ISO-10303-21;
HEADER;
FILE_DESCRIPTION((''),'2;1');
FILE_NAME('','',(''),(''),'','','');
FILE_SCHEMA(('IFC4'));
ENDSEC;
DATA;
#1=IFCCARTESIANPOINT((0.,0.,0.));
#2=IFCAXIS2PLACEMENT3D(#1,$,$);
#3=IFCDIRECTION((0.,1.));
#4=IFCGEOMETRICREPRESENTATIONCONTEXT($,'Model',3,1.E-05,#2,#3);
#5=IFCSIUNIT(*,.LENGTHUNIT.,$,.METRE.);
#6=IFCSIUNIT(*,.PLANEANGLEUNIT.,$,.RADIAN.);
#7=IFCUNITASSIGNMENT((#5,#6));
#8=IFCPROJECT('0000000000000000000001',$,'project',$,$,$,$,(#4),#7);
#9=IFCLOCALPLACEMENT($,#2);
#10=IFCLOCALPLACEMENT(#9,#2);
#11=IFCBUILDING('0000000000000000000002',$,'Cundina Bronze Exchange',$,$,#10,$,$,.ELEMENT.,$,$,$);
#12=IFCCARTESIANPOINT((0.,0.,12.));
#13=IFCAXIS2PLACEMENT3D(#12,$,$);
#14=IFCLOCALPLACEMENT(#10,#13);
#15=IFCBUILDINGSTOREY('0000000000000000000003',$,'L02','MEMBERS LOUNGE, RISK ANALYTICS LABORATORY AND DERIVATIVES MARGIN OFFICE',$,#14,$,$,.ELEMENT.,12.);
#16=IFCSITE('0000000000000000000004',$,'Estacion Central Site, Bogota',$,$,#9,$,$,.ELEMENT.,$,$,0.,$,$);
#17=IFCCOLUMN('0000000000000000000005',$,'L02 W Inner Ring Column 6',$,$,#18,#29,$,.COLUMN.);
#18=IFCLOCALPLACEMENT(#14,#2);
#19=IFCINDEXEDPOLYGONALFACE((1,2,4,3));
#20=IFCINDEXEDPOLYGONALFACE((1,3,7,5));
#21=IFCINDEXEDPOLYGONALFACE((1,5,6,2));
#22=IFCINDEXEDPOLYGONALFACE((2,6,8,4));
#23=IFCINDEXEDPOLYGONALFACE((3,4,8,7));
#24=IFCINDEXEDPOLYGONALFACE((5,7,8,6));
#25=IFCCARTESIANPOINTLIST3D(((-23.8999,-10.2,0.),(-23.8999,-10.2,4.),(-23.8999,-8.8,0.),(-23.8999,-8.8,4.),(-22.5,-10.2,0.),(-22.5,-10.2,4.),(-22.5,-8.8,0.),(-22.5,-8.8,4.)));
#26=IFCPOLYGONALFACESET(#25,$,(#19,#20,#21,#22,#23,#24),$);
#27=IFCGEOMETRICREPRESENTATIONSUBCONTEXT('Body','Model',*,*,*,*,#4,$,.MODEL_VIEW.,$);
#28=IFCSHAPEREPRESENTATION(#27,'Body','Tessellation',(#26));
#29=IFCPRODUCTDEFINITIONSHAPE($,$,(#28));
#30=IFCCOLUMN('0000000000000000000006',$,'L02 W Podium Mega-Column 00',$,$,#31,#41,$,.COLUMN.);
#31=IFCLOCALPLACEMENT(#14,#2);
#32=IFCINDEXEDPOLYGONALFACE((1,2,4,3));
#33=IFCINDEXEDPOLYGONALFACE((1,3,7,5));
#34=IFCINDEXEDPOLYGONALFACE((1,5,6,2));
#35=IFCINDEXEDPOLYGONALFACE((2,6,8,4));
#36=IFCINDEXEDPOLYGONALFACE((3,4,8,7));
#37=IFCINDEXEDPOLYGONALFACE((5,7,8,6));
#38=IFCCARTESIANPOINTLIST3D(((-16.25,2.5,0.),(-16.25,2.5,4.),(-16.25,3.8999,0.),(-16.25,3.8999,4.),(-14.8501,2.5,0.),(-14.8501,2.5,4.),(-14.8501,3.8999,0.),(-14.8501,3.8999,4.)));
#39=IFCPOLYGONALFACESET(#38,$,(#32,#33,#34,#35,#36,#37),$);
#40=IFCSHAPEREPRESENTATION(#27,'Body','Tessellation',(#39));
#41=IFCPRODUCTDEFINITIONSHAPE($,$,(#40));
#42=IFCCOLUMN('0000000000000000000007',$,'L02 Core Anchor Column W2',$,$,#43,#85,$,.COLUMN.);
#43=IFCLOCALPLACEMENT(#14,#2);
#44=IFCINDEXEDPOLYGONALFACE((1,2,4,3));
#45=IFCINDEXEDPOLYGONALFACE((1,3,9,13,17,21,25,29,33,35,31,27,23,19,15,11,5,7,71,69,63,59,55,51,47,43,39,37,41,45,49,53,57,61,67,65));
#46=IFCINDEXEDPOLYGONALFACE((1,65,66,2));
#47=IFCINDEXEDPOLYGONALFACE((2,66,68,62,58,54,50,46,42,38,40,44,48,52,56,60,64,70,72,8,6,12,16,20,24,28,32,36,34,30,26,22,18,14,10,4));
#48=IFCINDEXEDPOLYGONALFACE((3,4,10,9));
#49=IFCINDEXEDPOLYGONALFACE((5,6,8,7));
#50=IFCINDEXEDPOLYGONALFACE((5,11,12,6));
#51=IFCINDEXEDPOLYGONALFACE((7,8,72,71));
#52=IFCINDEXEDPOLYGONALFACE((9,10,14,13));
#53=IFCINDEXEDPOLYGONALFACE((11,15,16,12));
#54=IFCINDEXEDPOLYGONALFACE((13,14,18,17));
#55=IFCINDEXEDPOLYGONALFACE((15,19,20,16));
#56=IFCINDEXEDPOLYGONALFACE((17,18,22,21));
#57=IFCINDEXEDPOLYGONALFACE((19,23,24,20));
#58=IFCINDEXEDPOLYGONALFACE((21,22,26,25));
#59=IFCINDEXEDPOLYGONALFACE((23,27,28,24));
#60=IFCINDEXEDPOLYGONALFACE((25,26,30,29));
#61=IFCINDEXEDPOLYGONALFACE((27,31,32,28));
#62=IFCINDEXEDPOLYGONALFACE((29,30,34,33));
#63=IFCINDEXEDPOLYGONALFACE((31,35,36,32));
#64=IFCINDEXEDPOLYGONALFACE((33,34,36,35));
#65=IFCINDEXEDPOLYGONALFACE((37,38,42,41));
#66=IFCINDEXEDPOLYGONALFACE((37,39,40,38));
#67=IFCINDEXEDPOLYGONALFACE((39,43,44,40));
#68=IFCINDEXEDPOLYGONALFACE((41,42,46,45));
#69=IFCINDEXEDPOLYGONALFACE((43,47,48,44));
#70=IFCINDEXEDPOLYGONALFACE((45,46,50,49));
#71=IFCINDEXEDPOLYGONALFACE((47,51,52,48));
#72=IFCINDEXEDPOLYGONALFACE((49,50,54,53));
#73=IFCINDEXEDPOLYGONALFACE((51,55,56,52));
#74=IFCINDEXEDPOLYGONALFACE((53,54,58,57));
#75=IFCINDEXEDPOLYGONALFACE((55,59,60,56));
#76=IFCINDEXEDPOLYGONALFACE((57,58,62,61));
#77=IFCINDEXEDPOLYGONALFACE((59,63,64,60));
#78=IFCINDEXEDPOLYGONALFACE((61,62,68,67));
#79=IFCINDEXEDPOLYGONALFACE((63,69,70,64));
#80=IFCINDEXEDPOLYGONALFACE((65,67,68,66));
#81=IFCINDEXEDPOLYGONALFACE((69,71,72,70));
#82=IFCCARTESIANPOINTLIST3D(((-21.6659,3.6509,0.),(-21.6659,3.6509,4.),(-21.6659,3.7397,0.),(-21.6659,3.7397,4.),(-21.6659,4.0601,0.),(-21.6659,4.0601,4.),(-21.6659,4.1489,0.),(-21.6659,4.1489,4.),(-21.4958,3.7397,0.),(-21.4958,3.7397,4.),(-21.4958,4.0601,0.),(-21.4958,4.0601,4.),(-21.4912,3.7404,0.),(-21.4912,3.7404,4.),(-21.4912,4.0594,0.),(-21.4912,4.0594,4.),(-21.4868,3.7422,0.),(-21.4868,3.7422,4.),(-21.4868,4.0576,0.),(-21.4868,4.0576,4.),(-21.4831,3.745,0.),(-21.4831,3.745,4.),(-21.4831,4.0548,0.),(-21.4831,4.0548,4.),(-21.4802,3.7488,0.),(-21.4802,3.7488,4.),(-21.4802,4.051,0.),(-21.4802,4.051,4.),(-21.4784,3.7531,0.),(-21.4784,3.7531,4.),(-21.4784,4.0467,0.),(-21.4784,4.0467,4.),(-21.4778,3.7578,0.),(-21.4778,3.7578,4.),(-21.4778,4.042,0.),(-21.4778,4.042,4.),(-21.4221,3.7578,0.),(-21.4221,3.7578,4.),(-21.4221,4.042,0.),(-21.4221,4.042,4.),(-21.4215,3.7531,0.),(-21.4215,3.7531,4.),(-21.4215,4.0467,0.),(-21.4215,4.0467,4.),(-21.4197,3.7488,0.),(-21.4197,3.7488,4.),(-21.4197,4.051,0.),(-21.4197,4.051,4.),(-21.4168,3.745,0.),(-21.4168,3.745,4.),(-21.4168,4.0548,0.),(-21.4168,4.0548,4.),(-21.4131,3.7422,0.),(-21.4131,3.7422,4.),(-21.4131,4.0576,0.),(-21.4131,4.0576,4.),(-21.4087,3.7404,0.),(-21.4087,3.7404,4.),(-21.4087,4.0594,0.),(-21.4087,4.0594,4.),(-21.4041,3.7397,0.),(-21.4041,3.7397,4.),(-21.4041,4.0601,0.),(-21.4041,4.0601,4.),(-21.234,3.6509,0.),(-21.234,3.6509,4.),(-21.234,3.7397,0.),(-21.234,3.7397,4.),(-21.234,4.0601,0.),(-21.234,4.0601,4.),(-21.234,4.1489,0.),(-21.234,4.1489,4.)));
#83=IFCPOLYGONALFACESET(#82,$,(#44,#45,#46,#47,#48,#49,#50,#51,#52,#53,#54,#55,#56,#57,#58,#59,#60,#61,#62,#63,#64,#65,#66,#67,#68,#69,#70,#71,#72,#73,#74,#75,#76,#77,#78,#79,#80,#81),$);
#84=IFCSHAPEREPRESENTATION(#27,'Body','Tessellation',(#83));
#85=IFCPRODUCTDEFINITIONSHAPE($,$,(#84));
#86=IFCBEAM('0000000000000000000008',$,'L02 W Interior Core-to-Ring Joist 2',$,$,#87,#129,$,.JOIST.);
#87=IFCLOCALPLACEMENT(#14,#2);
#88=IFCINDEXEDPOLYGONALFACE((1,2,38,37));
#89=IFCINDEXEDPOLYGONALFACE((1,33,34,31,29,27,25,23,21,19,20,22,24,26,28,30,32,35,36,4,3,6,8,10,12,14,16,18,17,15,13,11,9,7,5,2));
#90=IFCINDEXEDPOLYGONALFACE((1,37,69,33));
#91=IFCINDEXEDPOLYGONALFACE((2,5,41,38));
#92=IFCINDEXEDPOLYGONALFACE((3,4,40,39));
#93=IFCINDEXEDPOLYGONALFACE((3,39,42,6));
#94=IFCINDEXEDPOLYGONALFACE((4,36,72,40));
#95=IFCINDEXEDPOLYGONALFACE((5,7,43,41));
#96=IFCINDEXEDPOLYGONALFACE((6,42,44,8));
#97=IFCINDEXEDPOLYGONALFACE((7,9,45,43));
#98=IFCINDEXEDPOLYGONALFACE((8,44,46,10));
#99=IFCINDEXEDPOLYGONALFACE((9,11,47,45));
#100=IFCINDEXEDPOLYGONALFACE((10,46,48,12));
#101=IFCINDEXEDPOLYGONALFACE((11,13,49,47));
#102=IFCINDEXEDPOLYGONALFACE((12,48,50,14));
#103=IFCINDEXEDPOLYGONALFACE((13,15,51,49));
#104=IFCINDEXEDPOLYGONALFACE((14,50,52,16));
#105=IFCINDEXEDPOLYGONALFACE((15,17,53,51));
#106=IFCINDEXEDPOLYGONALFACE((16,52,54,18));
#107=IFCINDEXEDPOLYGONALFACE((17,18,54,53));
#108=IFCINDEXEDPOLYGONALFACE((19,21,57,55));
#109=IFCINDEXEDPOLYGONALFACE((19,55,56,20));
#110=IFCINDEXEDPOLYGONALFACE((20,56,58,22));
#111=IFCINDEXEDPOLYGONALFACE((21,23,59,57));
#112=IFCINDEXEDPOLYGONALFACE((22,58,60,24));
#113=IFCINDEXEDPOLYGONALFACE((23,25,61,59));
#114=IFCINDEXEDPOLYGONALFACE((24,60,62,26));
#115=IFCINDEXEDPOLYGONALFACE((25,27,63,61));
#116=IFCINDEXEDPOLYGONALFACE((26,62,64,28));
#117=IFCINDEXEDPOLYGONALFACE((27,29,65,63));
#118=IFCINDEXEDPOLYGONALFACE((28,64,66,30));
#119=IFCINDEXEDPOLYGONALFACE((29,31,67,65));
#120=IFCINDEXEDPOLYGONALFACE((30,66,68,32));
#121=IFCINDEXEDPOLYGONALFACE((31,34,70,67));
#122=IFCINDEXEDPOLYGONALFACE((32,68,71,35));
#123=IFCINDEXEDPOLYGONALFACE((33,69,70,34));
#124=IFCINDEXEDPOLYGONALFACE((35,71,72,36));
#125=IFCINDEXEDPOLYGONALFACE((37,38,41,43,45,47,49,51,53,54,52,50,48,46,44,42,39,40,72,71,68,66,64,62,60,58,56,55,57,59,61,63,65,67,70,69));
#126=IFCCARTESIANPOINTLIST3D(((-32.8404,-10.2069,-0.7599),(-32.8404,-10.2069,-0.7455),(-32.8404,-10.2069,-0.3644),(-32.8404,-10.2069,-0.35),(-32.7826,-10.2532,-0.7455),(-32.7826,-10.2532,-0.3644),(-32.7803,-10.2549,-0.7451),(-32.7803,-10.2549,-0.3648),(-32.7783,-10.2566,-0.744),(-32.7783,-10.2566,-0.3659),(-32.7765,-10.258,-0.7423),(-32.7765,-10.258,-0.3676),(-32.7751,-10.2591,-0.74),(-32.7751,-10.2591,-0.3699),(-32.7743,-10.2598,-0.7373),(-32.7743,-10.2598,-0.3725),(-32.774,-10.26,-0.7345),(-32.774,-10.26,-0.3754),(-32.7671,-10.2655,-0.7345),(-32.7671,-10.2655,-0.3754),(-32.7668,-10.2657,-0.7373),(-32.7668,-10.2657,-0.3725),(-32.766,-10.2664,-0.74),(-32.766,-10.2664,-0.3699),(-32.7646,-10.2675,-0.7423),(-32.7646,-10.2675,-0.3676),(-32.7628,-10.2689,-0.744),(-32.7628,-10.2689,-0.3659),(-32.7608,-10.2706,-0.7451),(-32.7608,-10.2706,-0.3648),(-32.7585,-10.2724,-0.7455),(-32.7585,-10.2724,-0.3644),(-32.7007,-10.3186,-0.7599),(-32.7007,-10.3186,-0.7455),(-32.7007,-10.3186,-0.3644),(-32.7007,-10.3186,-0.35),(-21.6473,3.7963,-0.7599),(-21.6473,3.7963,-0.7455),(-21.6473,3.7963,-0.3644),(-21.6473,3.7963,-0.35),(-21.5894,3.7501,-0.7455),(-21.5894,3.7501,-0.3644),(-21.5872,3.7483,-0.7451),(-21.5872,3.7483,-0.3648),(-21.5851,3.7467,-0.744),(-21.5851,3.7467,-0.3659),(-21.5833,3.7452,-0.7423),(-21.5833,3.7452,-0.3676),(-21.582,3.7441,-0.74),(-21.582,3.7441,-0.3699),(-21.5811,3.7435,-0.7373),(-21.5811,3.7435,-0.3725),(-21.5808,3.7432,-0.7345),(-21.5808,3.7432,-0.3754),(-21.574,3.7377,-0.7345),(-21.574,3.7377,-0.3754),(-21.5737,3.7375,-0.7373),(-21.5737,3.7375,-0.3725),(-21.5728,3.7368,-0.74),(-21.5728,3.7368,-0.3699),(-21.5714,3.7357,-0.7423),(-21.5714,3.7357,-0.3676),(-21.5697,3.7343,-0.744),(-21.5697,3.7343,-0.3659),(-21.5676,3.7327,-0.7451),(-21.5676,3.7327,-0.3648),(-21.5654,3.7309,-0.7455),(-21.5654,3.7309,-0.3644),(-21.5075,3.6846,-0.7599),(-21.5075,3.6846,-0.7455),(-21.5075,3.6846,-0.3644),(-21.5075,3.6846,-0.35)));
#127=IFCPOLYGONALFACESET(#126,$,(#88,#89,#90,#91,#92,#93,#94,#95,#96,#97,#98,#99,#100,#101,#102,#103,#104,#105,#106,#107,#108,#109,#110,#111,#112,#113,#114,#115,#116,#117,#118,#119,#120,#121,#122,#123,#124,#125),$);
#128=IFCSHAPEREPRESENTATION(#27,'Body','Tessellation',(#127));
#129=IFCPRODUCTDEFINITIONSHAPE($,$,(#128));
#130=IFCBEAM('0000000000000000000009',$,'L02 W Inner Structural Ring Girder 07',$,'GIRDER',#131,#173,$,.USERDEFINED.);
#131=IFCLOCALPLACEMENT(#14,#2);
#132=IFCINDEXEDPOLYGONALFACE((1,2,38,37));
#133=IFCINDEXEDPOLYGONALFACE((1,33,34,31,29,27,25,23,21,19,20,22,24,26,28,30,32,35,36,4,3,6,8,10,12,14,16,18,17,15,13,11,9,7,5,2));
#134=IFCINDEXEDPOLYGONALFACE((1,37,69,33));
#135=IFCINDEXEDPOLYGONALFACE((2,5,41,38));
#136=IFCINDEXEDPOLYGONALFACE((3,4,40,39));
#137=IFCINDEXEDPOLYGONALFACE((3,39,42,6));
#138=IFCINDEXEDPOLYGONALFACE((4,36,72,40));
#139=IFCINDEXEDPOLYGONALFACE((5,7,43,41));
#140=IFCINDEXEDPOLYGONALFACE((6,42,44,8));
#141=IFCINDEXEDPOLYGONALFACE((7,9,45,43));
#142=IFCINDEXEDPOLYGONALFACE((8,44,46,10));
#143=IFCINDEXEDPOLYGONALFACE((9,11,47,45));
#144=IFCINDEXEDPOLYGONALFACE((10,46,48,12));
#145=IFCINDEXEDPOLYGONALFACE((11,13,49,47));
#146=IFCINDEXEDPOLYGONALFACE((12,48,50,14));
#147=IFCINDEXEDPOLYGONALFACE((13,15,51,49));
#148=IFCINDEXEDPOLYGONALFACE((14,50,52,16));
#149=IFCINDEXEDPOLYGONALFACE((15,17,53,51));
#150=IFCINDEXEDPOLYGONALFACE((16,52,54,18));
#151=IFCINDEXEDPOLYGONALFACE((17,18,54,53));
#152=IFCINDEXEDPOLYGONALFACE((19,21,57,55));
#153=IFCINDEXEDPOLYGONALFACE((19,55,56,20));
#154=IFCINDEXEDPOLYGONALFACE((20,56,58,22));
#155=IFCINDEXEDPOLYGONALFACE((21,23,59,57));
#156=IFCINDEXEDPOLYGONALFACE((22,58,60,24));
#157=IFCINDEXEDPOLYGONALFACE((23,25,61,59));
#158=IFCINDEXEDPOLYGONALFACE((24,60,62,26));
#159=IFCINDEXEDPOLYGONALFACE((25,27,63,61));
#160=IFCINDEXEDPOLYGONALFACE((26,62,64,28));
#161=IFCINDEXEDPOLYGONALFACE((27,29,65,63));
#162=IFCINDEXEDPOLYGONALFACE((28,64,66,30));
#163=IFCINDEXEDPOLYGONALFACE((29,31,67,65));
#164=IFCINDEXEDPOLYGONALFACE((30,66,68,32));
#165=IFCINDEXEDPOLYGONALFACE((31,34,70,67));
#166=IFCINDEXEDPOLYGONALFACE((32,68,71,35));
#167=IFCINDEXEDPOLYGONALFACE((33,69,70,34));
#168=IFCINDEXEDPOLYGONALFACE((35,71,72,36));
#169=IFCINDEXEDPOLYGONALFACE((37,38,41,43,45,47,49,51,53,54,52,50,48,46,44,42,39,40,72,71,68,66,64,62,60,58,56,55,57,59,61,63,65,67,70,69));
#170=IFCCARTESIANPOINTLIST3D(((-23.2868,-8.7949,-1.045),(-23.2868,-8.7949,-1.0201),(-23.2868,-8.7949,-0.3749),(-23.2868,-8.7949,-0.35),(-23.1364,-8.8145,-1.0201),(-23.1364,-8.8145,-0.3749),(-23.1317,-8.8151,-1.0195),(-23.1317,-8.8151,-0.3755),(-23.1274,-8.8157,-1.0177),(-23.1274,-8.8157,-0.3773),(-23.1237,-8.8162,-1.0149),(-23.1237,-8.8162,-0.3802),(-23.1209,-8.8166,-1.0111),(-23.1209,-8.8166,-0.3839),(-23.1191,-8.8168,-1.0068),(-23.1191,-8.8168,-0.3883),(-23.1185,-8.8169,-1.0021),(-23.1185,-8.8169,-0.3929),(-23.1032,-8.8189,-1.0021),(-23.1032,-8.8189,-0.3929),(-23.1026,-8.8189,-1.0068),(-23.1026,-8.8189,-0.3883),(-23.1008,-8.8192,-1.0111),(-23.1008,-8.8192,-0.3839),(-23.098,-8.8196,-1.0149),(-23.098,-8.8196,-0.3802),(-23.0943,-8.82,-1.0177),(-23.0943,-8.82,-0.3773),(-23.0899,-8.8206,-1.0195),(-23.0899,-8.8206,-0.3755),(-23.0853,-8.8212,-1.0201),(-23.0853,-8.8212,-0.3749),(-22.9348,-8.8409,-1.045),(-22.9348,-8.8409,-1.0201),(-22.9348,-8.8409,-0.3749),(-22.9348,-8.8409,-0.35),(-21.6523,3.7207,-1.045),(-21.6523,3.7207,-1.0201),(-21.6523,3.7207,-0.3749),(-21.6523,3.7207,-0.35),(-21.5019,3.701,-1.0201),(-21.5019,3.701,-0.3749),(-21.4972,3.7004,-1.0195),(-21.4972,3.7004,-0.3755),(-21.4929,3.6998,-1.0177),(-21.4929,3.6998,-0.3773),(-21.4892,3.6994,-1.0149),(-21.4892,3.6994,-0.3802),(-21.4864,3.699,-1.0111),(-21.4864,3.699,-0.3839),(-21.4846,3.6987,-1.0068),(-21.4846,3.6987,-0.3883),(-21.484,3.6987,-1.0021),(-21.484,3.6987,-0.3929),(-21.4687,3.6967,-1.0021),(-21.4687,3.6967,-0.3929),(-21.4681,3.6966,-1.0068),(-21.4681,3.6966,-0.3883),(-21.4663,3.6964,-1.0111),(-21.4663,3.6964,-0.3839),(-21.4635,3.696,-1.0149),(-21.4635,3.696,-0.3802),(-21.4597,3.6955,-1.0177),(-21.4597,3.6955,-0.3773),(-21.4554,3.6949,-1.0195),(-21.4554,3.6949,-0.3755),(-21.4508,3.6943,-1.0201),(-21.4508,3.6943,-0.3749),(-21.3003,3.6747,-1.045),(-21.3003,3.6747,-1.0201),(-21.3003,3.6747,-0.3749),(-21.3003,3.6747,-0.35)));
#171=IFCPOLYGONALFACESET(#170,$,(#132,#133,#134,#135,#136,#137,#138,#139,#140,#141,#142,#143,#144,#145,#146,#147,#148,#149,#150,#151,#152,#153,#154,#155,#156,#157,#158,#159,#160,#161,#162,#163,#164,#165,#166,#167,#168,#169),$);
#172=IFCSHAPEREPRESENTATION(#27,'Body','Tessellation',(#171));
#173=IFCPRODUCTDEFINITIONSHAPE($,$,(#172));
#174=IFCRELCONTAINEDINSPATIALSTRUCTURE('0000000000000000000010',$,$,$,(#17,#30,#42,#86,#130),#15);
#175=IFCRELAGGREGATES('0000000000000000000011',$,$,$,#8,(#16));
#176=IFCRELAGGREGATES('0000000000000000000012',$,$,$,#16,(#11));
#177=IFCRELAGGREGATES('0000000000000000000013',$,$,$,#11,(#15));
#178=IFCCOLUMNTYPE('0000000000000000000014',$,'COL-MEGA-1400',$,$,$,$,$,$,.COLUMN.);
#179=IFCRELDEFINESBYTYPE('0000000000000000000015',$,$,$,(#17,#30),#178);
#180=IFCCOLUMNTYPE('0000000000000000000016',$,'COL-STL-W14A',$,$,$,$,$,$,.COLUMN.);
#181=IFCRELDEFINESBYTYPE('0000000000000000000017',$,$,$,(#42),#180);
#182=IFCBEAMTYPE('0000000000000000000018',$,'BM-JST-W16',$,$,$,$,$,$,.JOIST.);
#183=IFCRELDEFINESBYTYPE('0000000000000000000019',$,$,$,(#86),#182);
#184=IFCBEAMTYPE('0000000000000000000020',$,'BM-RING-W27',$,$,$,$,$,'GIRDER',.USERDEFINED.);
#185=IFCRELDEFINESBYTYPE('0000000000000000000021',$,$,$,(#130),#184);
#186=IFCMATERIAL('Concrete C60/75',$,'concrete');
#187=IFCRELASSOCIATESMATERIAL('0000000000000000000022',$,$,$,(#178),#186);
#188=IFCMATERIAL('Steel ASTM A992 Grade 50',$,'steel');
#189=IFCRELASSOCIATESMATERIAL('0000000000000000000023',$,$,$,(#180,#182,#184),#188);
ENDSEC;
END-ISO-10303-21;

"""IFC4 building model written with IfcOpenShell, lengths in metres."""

from ifc_helpers import new_model, si_unit, direction, frame, origin, origin_2d, place, context, subcontext, project, spatial, rectangle, i_section, extrude, material, material_profile, profile_set, type_object, element, save


model = new_model("IFC4")

# Units and contexts
model_context = context("Model", 3, precision=1e-05, world=origin(), true_north=direction((0.0, 1.0)))
body_context = subcontext(model_context, "Body", "Model", "MODEL_VIEW")
ifc_project = project(units=[si_unit("LENGTHUNIT", "METRE"), si_unit("PLANEANGLEUNIT", "RADIAN")], contexts=[model_context])

# Site, building, storey
site_placement = place(None, origin())
site = spatial("IfcSite", under=ifc_project, at=site_placement, Name="Estacion Central Site, Bogota", CompositionType="ELEMENT", RefElevation=0.0)
building_placement = place(site_placement, origin())
building = spatial("IfcBuilding", under=site, at=building_placement, Name="Cundina Bronze Exchange", CompositionType="ELEMENT")
storey_placement = place(building_placement, frame((0.0, 0.0, 12.0)))
storey = spatial("IfcBuildingStorey", under=building, at=storey_placement, Name="L02", Description="MEMBERS LOUNGE, RISK ANALYTICS LABORATORY AND DERIVATIVES MARGIN OFFICE", CompositionType="ELEMENT", Elevation=12.0)

# Columns
ifc_material_1 = material(Name="Concrete C60/75", Category="concrete")
ifc_material_profile_1 = material_profile(ifc_material_1, rectangle(XDim=1.3999, YDim=1.3999, at=origin_2d()), Name="RC1400X1400", Category="concrete")
ifc_profile_set_1 = profile_set([ifc_material_profile_1], Name="Concrete C60/75")
column_type_1 = type_object("IfcColumnType", Name="COL-MEGA-1400", PredefinedType="COLUMN", material=ifc_profile_set_1)
for number, where, z_axis, x_axis, name in (
    (1, (-23.2, -9.5, 0.0), (0.0, 0.0, 1.0), (1.0, 0.0, 0.0), "L02 W Inner Ring Column 6"),
    (2, (-15.55, 3.2, 0.0), (0.0, 0.0, 1.0), (1.0, 0.0, 0.0), "L02 W Podium Mega-Column 00"),
):
    element("IfcColumn", number, at=place(storey_placement, frame(where, z_axis=z_axis, x_axis=x_axis)), inside=storey, type_object=column_type_1, Name=name, PredefinedType="COLUMN", context=body_context, shape_type="SweptSolid", body=[
        extrude(rectangle(XDim=1.3999, YDim=1.3999, at=origin_2d()), origin(), (0.0, 0.0, 1.0), 4.0),
    ])
ifc_material_2 = material(Name="Steel ASTM A992 Grade 50", Category="steel")
ifc_material_profile_2 = material_profile(ifc_material_2, i_section(OverallWidth=0.4319, OverallDepth=0.498, WebThickness=0.0557, FlangeThickness=0.0889, FilletRadius=0.0181, at=origin_2d()), Name="W14X500", Category="steel")
ifc_profile_set_2 = profile_set([ifc_material_profile_2], Name="Steel ASTM A992 Grade 50")
column_type_2 = type_object("IfcColumnType", Name="COL-STL-W14A", PredefinedType="COLUMN", material=ifc_profile_set_2)
column_placement = place(storey_placement, frame((-21.45, 3.8999, 0.0), z_axis=(0.0, 0.0, 1.0), x_axis=(1.0, 0.0, 0.0)))
element("IfcColumn", 3, at=column_placement, inside=storey, type_object=column_type_2, Name="L02 Core Anchor Column W2", PredefinedType="COLUMN", context=body_context, shape_type="SweptSolid", body=[
    extrude(i_section(OverallWidth=0.4319, OverallDepth=0.498, WebThickness=0.0557, FlangeThickness=0.0889, FilletRadius=0.0181, at=origin_2d()), origin(), (0.0, 0.0, 1.0), 4.0),
])

# Beams
ifc_material_profile_3 = material_profile(ifc_material_2, i_section(OverallWidth=0.179, OverallDepth=0.4099, WebThickness=0.0088, FlangeThickness=0.0144, FilletRadius=0.011, at=origin_2d()), Name="W16X45", Category="steel")
ifc_profile_set_3 = profile_set([ifc_material_profile_3], Name="Steel ASTM A992 Grade 50")
beam_type_1 = type_object("IfcBeamType", Name="BM-JST-W16", PredefinedType="JOIST", material=ifc_profile_set_3)
beam_1_placement = place(storey_placement, frame((-21.5774, 3.7405, -0.5549), z_axis=(-0.624374, -0.781125, 0.0), x_axis=(0.781125, -0.624374, 0.0)))
element("IfcBeam", 4, at=beam_1_placement, inside=storey, type_object=beam_type_1, Name="L02 W Interior Core-to-Ring Joist 2", PredefinedType="JOIST", context=body_context, shape_type="SweptSolid", body=[
    extrude(i_section(OverallWidth=0.179, OverallDepth=0.4099, WebThickness=0.0088, FlangeThickness=0.0144, FilletRadius=0.011, at=origin_2d()), origin(), (0.0, 0.0, 1.0), 17.927),
])
ifc_material_profile_4 = material_profile(ifc_material_2, i_section(OverallWidth=0.355, OverallDepth=0.6951, WebThickness=0.0154, FlangeThickness=0.0249, FilletRadius=0.0181, at=origin_2d()), Name="W27X146", Category="steel")
ifc_profile_set_4 = profile_set([ifc_material_profile_4], Name="Steel ASTM A992 Grade 50")
beam_type_2 = type_object("IfcBeamType", Name="BM-RING-W27", ElementType="GIRDER", PredefinedType="USERDEFINED", material=ifc_profile_set_4)
beam_2_placement = place(storey_placement, frame((-23.1108, -8.8179, -0.6975), z_axis=(0.129499, 0.99158, 0.0), x_axis=(-0.99158, 0.129499, 0.0)))
element("IfcBeam", 5, at=beam_2_placement, inside=storey, type_object=beam_type_2, Name="L02 W Inner Structural Ring Girder 07", ObjectType="GIRDER", PredefinedType="USERDEFINED", context=body_context, shape_type="SweptSolid", body=[
    extrude(i_section(OverallWidth=0.355, OverallDepth=0.6951, WebThickness=0.0154, FlangeThickness=0.0249, FilletRadius=0.0181, at=origin_2d()), origin(), (0.0, 0.0, 1.0), 12.6218),
])

save(model, "model.ifc")
